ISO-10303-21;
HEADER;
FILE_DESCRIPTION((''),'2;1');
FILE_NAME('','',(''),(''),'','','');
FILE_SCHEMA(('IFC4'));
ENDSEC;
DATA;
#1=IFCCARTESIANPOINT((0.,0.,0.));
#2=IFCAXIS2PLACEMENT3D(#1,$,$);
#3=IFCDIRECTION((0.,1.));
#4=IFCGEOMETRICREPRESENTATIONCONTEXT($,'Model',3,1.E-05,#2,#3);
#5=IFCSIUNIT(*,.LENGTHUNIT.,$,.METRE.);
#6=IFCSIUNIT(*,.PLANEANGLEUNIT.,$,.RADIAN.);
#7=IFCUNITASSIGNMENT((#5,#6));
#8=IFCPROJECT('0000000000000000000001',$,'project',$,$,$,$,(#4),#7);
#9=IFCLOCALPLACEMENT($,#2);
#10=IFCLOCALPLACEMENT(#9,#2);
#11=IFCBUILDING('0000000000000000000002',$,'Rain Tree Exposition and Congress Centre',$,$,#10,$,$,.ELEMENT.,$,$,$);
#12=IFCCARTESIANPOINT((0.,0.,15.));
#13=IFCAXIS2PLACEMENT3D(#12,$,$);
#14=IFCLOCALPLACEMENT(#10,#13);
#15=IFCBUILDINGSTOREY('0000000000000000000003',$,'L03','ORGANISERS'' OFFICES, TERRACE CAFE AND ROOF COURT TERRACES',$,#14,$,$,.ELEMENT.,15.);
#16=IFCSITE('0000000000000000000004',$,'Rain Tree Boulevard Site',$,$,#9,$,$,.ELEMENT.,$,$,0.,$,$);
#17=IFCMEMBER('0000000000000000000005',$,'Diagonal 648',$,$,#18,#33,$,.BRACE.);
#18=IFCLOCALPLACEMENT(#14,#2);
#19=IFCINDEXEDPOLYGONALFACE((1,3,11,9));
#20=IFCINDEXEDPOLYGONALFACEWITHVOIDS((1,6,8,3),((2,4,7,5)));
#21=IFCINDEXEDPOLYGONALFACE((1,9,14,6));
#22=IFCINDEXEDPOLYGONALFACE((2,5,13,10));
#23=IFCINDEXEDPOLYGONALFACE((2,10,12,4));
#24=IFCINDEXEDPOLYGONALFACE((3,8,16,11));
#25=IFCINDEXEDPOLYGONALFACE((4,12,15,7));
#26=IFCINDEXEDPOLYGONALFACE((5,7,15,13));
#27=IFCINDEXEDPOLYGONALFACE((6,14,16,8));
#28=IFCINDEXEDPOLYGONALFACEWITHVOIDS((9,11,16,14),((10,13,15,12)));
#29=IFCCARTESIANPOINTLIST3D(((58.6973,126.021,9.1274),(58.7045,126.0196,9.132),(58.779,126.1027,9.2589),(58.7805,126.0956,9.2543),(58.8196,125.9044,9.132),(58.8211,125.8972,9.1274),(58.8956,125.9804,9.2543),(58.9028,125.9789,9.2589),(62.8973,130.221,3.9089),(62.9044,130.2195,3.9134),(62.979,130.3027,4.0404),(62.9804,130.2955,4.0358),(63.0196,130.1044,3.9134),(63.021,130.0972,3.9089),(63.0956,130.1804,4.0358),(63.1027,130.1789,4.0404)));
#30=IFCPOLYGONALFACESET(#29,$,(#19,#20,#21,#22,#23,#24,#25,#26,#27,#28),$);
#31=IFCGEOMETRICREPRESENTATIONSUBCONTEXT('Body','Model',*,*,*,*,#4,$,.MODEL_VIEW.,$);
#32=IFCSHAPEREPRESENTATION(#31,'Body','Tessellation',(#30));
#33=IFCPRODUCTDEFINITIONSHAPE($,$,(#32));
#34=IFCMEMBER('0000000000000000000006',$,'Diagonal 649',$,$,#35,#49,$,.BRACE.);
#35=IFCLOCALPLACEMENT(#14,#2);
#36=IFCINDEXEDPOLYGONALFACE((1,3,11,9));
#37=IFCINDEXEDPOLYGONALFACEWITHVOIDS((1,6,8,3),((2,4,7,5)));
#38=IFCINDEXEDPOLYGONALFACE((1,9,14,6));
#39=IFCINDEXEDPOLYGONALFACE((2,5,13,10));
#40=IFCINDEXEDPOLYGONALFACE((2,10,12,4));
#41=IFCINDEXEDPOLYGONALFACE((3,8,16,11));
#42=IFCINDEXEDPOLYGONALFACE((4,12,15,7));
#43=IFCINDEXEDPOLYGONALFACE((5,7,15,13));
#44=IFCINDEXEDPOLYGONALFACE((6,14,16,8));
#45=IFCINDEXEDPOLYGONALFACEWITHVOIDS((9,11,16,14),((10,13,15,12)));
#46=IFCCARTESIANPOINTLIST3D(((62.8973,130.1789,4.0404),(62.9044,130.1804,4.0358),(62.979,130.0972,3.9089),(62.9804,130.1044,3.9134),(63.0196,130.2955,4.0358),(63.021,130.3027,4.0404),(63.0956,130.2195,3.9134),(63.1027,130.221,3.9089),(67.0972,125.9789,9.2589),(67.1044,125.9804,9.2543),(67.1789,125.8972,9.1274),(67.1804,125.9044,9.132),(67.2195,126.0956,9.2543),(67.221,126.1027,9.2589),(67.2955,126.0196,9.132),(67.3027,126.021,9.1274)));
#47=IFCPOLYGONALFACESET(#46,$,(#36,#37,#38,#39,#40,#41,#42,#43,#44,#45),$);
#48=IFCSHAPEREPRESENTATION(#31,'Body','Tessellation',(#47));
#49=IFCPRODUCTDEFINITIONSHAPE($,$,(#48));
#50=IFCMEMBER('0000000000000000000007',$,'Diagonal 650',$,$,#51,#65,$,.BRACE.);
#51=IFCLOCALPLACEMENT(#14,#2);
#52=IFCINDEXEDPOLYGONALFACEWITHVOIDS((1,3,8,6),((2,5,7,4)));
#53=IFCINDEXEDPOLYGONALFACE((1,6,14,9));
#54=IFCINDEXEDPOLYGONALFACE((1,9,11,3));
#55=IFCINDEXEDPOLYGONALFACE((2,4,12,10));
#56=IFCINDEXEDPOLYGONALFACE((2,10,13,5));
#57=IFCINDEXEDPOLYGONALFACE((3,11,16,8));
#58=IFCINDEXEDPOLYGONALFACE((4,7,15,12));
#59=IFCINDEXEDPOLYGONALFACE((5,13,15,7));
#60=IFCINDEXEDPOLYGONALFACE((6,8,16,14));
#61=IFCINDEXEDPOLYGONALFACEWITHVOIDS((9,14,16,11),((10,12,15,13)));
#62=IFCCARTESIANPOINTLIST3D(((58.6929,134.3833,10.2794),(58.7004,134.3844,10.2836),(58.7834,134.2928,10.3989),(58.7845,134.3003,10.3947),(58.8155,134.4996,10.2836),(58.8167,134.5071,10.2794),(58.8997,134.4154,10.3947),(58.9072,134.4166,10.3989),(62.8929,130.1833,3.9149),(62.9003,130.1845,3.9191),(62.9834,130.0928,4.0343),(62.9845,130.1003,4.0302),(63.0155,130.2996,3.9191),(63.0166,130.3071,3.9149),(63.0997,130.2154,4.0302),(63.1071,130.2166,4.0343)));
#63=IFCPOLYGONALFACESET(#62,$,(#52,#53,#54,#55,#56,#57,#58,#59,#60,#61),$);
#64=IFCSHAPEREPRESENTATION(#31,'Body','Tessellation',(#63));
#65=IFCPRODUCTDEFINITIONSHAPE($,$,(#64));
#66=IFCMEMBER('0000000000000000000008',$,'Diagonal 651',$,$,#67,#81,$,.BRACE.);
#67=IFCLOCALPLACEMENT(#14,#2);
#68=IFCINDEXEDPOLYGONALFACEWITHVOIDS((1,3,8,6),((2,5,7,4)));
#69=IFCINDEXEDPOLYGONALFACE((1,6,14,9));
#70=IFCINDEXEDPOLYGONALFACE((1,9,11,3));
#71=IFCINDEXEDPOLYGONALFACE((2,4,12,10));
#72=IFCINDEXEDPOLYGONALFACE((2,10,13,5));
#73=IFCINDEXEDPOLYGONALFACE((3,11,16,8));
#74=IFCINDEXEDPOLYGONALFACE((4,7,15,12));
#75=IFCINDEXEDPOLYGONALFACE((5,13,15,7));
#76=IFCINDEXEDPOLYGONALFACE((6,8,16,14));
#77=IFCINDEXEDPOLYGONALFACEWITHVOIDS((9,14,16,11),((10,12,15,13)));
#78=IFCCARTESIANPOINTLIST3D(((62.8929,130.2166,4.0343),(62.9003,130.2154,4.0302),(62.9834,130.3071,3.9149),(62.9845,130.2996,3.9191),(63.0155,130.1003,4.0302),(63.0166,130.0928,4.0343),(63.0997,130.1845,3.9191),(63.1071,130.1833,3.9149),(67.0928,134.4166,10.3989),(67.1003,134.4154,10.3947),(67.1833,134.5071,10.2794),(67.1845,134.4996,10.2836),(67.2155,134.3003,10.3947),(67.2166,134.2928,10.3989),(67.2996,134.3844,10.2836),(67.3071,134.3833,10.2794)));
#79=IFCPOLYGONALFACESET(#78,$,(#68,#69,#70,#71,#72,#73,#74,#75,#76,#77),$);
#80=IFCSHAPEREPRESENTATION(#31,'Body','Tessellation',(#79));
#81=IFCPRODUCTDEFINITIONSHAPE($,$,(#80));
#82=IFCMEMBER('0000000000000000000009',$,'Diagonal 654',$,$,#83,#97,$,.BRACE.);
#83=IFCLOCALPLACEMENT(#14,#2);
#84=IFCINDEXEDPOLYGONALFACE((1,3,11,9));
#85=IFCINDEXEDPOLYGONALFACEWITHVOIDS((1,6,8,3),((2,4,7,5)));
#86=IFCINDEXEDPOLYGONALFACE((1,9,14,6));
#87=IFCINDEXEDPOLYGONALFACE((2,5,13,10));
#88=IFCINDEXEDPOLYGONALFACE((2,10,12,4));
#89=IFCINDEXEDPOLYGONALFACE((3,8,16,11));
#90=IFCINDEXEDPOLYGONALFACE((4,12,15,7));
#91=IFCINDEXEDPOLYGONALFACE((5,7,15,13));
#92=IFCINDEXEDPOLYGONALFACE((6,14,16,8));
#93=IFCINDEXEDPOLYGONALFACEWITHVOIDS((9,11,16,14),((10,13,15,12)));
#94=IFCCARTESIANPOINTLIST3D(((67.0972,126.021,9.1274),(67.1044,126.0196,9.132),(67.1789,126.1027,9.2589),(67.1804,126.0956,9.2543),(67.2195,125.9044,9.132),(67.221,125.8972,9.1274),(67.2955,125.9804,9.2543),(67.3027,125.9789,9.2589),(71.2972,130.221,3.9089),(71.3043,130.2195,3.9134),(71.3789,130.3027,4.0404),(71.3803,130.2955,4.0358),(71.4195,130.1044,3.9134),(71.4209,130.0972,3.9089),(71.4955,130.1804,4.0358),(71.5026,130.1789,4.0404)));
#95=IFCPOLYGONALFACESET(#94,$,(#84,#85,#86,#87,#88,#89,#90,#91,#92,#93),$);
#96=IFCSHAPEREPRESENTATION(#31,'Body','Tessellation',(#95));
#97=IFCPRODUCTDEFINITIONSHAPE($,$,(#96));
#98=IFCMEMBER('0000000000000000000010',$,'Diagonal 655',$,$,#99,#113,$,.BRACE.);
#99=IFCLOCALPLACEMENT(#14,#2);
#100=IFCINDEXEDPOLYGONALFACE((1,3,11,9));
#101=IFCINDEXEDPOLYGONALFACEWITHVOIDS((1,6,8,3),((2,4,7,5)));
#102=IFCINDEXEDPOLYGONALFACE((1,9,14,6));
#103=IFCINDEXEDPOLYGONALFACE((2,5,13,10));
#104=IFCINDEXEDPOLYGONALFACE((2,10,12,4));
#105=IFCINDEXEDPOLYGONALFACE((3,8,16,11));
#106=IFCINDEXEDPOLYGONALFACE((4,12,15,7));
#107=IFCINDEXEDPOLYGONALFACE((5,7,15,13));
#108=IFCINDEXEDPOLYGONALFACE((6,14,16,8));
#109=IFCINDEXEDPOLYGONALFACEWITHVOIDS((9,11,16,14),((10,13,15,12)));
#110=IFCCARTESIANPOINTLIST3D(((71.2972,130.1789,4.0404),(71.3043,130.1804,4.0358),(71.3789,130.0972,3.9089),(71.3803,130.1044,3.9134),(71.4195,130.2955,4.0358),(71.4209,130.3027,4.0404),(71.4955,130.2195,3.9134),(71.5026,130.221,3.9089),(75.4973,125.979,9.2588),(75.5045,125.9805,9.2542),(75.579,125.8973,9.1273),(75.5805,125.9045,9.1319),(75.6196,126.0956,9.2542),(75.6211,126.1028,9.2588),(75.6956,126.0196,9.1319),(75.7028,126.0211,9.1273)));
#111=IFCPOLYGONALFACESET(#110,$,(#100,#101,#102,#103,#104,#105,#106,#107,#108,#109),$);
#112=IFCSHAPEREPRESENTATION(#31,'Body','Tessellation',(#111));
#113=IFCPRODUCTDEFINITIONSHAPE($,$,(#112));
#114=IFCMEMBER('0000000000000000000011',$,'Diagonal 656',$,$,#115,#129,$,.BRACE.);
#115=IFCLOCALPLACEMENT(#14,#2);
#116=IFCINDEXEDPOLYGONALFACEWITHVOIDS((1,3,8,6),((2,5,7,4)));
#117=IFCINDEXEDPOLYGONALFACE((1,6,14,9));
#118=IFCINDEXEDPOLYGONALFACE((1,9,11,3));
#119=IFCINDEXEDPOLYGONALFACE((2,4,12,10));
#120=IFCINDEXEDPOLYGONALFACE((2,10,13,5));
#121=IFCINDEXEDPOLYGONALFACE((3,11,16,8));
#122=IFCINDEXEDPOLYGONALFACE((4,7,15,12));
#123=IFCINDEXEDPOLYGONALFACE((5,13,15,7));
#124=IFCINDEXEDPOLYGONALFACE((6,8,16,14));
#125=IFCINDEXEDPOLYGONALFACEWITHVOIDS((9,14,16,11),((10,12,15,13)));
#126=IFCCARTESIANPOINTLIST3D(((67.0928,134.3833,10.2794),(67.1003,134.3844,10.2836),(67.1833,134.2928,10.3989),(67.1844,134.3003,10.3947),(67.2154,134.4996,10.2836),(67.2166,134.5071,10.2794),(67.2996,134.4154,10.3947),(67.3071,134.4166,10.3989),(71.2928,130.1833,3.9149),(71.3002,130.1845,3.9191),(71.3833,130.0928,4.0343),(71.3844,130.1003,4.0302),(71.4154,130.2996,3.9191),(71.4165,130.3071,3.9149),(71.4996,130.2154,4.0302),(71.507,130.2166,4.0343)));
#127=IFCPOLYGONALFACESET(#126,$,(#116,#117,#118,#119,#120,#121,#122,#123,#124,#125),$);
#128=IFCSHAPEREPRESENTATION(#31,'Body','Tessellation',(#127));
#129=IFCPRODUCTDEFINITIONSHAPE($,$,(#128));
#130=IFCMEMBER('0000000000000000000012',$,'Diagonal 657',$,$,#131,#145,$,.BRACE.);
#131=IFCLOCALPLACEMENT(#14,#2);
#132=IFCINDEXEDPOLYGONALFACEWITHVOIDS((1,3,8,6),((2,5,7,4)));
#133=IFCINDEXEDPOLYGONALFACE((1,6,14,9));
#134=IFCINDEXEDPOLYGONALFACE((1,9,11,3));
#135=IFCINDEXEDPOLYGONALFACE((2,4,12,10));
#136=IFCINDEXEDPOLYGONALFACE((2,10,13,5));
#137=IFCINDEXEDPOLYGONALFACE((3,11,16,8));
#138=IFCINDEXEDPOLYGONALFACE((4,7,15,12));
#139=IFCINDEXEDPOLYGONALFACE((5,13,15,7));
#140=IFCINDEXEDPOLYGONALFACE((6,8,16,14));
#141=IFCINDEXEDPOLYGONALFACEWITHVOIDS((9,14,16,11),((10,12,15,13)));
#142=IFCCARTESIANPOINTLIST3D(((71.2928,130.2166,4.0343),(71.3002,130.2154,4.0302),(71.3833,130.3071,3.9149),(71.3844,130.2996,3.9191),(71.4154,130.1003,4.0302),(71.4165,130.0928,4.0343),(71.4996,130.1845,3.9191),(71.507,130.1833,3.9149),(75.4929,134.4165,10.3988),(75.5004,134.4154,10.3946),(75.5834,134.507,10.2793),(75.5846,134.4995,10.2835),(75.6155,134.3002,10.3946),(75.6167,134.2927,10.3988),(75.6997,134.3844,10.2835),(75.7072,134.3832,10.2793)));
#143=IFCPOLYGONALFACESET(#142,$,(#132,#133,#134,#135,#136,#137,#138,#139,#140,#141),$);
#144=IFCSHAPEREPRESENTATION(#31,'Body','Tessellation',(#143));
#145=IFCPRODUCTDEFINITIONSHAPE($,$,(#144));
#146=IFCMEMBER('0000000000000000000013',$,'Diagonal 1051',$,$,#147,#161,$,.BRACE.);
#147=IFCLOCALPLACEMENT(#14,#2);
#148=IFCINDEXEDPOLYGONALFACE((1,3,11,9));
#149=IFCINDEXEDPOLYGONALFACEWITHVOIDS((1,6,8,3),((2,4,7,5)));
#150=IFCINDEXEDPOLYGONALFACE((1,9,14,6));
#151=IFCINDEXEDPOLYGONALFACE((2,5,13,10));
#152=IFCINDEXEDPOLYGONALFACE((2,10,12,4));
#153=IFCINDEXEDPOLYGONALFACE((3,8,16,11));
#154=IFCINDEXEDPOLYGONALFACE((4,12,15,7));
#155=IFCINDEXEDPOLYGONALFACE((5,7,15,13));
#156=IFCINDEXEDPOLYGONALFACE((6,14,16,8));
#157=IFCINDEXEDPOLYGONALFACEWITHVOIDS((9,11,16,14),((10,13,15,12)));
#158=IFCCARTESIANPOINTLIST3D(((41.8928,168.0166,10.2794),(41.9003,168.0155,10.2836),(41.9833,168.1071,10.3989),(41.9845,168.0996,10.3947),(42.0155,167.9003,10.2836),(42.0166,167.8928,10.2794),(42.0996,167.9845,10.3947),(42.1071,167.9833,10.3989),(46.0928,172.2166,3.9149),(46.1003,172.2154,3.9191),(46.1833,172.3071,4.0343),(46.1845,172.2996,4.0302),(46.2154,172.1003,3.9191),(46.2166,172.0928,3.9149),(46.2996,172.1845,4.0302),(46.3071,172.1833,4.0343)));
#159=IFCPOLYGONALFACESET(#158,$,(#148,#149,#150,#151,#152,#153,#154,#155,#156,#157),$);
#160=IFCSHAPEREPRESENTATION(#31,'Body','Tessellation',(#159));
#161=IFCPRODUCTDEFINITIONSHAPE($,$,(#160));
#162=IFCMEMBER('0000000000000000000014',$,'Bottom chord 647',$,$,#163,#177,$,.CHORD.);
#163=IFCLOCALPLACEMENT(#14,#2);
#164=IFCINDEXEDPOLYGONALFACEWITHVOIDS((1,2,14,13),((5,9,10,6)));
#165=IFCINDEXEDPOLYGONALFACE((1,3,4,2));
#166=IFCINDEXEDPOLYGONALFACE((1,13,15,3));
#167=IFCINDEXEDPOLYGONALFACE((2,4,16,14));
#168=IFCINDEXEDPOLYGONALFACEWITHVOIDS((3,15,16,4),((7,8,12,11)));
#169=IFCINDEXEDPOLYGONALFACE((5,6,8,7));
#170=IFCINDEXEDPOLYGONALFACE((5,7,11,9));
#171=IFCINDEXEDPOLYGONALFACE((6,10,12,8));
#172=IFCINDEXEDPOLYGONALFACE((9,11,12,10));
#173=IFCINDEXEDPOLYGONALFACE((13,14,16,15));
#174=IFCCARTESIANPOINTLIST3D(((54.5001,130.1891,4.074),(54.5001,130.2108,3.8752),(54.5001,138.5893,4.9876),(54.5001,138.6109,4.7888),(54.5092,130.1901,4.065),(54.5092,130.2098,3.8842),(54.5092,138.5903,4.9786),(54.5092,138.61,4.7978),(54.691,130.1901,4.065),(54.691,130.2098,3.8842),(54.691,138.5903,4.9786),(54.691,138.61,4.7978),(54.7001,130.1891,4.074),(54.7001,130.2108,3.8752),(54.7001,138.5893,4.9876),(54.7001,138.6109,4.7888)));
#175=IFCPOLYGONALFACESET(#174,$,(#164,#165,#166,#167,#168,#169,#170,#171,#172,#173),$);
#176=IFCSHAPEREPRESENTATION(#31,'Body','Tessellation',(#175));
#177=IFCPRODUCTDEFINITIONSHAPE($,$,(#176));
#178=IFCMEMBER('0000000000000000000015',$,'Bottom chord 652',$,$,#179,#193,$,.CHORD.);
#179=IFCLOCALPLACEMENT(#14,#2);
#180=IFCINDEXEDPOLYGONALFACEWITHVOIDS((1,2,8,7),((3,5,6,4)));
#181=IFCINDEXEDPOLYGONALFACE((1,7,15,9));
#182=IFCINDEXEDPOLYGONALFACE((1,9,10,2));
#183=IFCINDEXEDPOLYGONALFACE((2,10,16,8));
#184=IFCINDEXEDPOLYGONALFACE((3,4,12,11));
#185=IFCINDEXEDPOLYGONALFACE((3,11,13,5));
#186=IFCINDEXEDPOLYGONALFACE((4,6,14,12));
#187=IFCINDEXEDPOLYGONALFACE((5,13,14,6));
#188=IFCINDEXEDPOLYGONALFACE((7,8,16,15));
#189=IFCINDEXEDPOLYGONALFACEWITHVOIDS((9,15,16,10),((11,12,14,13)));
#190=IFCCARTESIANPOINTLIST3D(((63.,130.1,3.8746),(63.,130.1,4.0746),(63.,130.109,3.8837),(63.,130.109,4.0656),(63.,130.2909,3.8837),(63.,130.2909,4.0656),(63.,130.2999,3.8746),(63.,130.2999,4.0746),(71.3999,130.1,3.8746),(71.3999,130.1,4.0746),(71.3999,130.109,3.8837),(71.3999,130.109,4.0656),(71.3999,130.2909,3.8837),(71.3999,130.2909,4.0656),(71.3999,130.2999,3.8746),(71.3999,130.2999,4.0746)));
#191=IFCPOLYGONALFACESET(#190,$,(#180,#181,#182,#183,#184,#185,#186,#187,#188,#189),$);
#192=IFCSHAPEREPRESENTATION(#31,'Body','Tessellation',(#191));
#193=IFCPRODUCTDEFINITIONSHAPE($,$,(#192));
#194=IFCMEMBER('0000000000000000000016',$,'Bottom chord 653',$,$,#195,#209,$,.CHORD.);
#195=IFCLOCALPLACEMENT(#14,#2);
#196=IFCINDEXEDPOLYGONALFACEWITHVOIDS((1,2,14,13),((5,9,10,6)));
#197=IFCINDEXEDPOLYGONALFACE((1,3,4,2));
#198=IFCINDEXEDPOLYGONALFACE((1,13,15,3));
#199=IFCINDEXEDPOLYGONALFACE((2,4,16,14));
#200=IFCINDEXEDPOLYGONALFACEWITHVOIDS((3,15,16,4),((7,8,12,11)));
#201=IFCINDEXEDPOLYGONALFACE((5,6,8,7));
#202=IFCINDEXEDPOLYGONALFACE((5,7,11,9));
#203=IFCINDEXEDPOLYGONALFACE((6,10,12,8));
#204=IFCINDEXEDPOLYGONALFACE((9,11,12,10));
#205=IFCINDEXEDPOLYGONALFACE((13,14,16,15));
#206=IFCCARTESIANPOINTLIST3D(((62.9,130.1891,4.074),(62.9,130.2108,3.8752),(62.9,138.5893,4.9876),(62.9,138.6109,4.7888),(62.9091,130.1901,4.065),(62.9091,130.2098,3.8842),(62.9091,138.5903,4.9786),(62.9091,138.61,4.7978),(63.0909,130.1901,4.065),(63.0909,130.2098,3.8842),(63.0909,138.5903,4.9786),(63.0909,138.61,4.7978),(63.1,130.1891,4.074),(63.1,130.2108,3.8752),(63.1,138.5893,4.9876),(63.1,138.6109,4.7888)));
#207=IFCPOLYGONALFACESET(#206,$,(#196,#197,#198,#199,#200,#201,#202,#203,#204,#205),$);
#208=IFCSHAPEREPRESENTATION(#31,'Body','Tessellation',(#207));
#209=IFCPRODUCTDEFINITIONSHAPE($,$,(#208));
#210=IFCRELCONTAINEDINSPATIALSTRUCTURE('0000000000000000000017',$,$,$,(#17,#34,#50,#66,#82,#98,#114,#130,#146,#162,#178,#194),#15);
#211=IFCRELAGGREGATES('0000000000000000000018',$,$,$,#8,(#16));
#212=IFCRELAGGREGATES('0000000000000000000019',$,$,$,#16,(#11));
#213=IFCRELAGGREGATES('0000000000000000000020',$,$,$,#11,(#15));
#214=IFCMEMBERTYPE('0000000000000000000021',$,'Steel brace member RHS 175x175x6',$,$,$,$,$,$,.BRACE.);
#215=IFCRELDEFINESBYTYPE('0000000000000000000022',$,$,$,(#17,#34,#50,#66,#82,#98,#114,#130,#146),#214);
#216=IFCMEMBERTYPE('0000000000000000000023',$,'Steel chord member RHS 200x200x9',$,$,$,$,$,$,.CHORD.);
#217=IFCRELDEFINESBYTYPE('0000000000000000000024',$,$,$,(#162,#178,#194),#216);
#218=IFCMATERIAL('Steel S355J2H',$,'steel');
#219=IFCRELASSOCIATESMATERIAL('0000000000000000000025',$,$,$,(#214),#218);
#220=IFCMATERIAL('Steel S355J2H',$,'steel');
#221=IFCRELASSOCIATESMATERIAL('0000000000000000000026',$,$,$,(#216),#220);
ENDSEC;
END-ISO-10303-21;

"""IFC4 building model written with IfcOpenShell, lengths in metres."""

from ifc_helpers import new_model, si_unit, direction, frame, origin, origin_2d, place, context, subcontext, project, spatial, hollow_rectangle, extrude, material, material_profile, profile_set, type_object, element, save


model = new_model("IFC4")

# Units and contexts
model_context = context("Model", 3, precision=1e-05, world=origin(), true_north=direction((0.0, 1.0)))
body_context = subcontext(model_context, "Body", "Model", "MODEL_VIEW")
ifc_project = project(units=[si_unit("LENGTHUNIT", "METRE"), si_unit("PLANEANGLEUNIT", "RADIAN")], contexts=[model_context])

# Site, building, storey
site_placement = place(None, origin())
site = spatial("IfcSite", under=ifc_project, at=site_placement, Name="Rain Tree Boulevard Site", CompositionType="ELEMENT", RefElevation=0.0)
building_placement = place(site_placement, origin())
building = spatial("IfcBuilding", under=site, at=building_placement, Name="Rain Tree Exposition and Congress Centre", CompositionType="ELEMENT")
storey_placement = place(building_placement, frame((0.0, 0.0, 15.0)))
storey = spatial("IfcBuildingStorey", under=building, at=storey_placement, Name="L03", Description="ORGANISERS' OFFICES, TERRACE CAFE AND ROOF COURT TERRACES", CompositionType="ELEMENT", Elevation=15.0)

# Members
ifc_material_1 = material(Name="Steel S355J2H", Category="steel")
ifc_material_profile_1 = material_profile(ifc_material_1, hollow_rectangle(XDim=0.175, YDim=0.175, WallThickness=0.0061, at=origin_2d()), Name="RHS 175x175x6")
ifc_profile_set_1 = profile_set([ifc_material_profile_1], Name="Steel S355J2H")
member_type_1 = type_object("IfcMemberType", Name="Steel brace member RHS 175x175x6", PredefinedType="BRACE", material=ifc_profile_set_1)
for number, where, z_axis, x_axis, name in (
    (1, (63.0, 130.2, 3.9746), (-0.531206, -0.531206, 0.660031), (0.707107, -0.707107, 0.0), "Diagonal 648"),
    (2, (63.0, 130.2, 3.9746), (0.531206, -0.531206, 0.660031), (0.707107, 0.707107, 0.0), "Diagonal 649"),
):
    element("IfcMember", number, at=place(storey_placement, frame(where, z_axis=z_axis, x_axis=x_axis)), inside=storey, type_object=member_type_1, Name=name, PredefinedType="BRACE", context=body_context, shape_type="SweptSolid", body=[
        extrude(hollow_rectangle(XDim=0.175, YDim=0.175, WallThickness=0.0061, at=origin_2d()), origin(), (0.0, 0.0, 1.0), 7.9065),
    ])
for number, where, z_axis, x_axis, name in (
    (3, (63.0, 130.2, 3.9746), (-0.482447, 0.482447, 0.731088), (-0.707107, -0.707107, 0.0), "Diagonal 650"),
    (4, (63.0, 130.2, 3.9746), (0.482447, 0.482447, 0.731088), (-0.707107, 0.707107, 0.0), "Diagonal 651"),
):
    element("IfcMember", number, at=place(storey_placement, frame(where, z_axis=z_axis, x_axis=x_axis)), inside=storey, type_object=member_type_1, Name=name, PredefinedType="BRACE", context=body_context, shape_type="SweptSolid", body=[
        extrude(hollow_rectangle(XDim=0.175, YDim=0.175, WallThickness=0.0061, at=origin_2d()), origin(), (0.0, 0.0, 1.0), 8.7056),
    ])
for number, where, z_axis, x_axis, name in (
    (5, (71.3999, 130.2, 3.9746), (-0.531206, -0.531206, 0.660031), (0.707107, -0.707107, 0.0), "Diagonal 654"),
    (6, (71.3999, 130.2, 3.9746), (0.531228, -0.531197, 0.66002), (0.707086, 0.707127, 0.0), "Diagonal 655"),
):
    element("IfcMember", number, at=place(storey_placement, frame(where, z_axis=z_axis, x_axis=x_axis)), inside=storey, type_object=member_type_1, Name=name, PredefinedType="BRACE", context=body_context, shape_type="SweptSolid", body=[
        extrude(hollow_rectangle(XDim=0.175, YDim=0.175, WallThickness=0.0061, at=origin_2d()), origin(), (0.0, 0.0, 1.0), 7.9065),
    ])
for number, where, z_axis, x_axis, name in (
    (7, (71.3999, 130.2, 3.9746), (-0.482447, 0.482447, 0.731088), (-0.707107, -0.707107, 0.0), "Diagonal 656"),
    (8, (71.3999, 130.2, 3.9746), (0.482468, 0.48244, 0.731078), (-0.707086, 0.707127, 0.0), "Diagonal 657"),
    (9, (46.2, 172.2, 3.9746), (-0.482447, -0.482447, 0.731088), (0.707107, -0.707107, 0.0), "Diagonal 1051"),
):
    element("IfcMember", number, at=place(storey_placement, frame(where, z_axis=z_axis, x_axis=x_axis)), inside=storey, type_object=member_type_1, Name=name, PredefinedType="BRACE", context=body_context, shape_type="SweptSolid", body=[
        extrude(hollow_rectangle(XDim=0.175, YDim=0.175, WallThickness=0.0061, at=origin_2d()), origin(), (0.0, 0.0, 1.0), 8.7056),
    ])
ifc_material_2 = material(Name="Steel S355J2H", Category="steel")
ifc_material_profile_2 = material_profile(ifc_material_2, hollow_rectangle(XDim=0.2, YDim=0.2, WallThickness=0.009, at=origin_2d()), Name="RHS 200x200x9")
ifc_profile_set_2 = profile_set([ifc_material_profile_2], Name="Steel S355J2H")
member_type_2 = type_object("IfcMemberType", Name="Steel chord member RHS 200x200x9", PredefinedType="CHORD", material=ifc_profile_set_2)
member_1_placement = place(storey_placement, frame((54.6001, 130.2, 3.9746), z_axis=(0.0, 0.994138, 0.108119), x_axis=(-1.0, 0.0, 0.0)))
element("IfcMember", 10, at=member_1_placement, inside=storey, type_object=member_type_2, Name="Bottom chord 647", PredefinedType="CHORD", context=body_context, shape_type="SweptSolid", body=[
    extrude(hollow_rectangle(XDim=0.2, YDim=0.2, WallThickness=0.009, at=origin_2d()), origin(), (0.0, 0.0, 1.0), 8.4497),
])
member_2_placement = place(storey_placement, frame((63.0, 130.2, 3.9746), z_axis=(1.0, 0.0, 0.0), x_axis=(0.0, 1.0, 0.0)))
element("IfcMember", 11, at=member_2_placement, inside=storey, type_object=member_type_2, Name="Bottom chord 652", PredefinedType="CHORD", context=body_context, shape_type="SweptSolid", body=[
    extrude(hollow_rectangle(XDim=0.2, YDim=0.2, WallThickness=0.009, at=origin_2d()), origin(), (0.0, 0.0, 1.0), 8.3999),
])
member_3_placement = place(storey_placement, frame((63.0, 130.2, 3.9746), z_axis=(0.0, 0.994138, 0.108119), x_axis=(-1.0, 0.0, 0.0)))
element("IfcMember", 12, at=member_3_placement, inside=storey, type_object=member_type_2, Name="Bottom chord 653", PredefinedType="CHORD", context=body_context, shape_type="SweptSolid", body=[
    extrude(hollow_rectangle(XDim=0.2, YDim=0.2, WallThickness=0.009, at=origin_2d()), origin(), (0.0, 0.0, 1.0), 8.4497),
])

save(model, "model.ifc")
